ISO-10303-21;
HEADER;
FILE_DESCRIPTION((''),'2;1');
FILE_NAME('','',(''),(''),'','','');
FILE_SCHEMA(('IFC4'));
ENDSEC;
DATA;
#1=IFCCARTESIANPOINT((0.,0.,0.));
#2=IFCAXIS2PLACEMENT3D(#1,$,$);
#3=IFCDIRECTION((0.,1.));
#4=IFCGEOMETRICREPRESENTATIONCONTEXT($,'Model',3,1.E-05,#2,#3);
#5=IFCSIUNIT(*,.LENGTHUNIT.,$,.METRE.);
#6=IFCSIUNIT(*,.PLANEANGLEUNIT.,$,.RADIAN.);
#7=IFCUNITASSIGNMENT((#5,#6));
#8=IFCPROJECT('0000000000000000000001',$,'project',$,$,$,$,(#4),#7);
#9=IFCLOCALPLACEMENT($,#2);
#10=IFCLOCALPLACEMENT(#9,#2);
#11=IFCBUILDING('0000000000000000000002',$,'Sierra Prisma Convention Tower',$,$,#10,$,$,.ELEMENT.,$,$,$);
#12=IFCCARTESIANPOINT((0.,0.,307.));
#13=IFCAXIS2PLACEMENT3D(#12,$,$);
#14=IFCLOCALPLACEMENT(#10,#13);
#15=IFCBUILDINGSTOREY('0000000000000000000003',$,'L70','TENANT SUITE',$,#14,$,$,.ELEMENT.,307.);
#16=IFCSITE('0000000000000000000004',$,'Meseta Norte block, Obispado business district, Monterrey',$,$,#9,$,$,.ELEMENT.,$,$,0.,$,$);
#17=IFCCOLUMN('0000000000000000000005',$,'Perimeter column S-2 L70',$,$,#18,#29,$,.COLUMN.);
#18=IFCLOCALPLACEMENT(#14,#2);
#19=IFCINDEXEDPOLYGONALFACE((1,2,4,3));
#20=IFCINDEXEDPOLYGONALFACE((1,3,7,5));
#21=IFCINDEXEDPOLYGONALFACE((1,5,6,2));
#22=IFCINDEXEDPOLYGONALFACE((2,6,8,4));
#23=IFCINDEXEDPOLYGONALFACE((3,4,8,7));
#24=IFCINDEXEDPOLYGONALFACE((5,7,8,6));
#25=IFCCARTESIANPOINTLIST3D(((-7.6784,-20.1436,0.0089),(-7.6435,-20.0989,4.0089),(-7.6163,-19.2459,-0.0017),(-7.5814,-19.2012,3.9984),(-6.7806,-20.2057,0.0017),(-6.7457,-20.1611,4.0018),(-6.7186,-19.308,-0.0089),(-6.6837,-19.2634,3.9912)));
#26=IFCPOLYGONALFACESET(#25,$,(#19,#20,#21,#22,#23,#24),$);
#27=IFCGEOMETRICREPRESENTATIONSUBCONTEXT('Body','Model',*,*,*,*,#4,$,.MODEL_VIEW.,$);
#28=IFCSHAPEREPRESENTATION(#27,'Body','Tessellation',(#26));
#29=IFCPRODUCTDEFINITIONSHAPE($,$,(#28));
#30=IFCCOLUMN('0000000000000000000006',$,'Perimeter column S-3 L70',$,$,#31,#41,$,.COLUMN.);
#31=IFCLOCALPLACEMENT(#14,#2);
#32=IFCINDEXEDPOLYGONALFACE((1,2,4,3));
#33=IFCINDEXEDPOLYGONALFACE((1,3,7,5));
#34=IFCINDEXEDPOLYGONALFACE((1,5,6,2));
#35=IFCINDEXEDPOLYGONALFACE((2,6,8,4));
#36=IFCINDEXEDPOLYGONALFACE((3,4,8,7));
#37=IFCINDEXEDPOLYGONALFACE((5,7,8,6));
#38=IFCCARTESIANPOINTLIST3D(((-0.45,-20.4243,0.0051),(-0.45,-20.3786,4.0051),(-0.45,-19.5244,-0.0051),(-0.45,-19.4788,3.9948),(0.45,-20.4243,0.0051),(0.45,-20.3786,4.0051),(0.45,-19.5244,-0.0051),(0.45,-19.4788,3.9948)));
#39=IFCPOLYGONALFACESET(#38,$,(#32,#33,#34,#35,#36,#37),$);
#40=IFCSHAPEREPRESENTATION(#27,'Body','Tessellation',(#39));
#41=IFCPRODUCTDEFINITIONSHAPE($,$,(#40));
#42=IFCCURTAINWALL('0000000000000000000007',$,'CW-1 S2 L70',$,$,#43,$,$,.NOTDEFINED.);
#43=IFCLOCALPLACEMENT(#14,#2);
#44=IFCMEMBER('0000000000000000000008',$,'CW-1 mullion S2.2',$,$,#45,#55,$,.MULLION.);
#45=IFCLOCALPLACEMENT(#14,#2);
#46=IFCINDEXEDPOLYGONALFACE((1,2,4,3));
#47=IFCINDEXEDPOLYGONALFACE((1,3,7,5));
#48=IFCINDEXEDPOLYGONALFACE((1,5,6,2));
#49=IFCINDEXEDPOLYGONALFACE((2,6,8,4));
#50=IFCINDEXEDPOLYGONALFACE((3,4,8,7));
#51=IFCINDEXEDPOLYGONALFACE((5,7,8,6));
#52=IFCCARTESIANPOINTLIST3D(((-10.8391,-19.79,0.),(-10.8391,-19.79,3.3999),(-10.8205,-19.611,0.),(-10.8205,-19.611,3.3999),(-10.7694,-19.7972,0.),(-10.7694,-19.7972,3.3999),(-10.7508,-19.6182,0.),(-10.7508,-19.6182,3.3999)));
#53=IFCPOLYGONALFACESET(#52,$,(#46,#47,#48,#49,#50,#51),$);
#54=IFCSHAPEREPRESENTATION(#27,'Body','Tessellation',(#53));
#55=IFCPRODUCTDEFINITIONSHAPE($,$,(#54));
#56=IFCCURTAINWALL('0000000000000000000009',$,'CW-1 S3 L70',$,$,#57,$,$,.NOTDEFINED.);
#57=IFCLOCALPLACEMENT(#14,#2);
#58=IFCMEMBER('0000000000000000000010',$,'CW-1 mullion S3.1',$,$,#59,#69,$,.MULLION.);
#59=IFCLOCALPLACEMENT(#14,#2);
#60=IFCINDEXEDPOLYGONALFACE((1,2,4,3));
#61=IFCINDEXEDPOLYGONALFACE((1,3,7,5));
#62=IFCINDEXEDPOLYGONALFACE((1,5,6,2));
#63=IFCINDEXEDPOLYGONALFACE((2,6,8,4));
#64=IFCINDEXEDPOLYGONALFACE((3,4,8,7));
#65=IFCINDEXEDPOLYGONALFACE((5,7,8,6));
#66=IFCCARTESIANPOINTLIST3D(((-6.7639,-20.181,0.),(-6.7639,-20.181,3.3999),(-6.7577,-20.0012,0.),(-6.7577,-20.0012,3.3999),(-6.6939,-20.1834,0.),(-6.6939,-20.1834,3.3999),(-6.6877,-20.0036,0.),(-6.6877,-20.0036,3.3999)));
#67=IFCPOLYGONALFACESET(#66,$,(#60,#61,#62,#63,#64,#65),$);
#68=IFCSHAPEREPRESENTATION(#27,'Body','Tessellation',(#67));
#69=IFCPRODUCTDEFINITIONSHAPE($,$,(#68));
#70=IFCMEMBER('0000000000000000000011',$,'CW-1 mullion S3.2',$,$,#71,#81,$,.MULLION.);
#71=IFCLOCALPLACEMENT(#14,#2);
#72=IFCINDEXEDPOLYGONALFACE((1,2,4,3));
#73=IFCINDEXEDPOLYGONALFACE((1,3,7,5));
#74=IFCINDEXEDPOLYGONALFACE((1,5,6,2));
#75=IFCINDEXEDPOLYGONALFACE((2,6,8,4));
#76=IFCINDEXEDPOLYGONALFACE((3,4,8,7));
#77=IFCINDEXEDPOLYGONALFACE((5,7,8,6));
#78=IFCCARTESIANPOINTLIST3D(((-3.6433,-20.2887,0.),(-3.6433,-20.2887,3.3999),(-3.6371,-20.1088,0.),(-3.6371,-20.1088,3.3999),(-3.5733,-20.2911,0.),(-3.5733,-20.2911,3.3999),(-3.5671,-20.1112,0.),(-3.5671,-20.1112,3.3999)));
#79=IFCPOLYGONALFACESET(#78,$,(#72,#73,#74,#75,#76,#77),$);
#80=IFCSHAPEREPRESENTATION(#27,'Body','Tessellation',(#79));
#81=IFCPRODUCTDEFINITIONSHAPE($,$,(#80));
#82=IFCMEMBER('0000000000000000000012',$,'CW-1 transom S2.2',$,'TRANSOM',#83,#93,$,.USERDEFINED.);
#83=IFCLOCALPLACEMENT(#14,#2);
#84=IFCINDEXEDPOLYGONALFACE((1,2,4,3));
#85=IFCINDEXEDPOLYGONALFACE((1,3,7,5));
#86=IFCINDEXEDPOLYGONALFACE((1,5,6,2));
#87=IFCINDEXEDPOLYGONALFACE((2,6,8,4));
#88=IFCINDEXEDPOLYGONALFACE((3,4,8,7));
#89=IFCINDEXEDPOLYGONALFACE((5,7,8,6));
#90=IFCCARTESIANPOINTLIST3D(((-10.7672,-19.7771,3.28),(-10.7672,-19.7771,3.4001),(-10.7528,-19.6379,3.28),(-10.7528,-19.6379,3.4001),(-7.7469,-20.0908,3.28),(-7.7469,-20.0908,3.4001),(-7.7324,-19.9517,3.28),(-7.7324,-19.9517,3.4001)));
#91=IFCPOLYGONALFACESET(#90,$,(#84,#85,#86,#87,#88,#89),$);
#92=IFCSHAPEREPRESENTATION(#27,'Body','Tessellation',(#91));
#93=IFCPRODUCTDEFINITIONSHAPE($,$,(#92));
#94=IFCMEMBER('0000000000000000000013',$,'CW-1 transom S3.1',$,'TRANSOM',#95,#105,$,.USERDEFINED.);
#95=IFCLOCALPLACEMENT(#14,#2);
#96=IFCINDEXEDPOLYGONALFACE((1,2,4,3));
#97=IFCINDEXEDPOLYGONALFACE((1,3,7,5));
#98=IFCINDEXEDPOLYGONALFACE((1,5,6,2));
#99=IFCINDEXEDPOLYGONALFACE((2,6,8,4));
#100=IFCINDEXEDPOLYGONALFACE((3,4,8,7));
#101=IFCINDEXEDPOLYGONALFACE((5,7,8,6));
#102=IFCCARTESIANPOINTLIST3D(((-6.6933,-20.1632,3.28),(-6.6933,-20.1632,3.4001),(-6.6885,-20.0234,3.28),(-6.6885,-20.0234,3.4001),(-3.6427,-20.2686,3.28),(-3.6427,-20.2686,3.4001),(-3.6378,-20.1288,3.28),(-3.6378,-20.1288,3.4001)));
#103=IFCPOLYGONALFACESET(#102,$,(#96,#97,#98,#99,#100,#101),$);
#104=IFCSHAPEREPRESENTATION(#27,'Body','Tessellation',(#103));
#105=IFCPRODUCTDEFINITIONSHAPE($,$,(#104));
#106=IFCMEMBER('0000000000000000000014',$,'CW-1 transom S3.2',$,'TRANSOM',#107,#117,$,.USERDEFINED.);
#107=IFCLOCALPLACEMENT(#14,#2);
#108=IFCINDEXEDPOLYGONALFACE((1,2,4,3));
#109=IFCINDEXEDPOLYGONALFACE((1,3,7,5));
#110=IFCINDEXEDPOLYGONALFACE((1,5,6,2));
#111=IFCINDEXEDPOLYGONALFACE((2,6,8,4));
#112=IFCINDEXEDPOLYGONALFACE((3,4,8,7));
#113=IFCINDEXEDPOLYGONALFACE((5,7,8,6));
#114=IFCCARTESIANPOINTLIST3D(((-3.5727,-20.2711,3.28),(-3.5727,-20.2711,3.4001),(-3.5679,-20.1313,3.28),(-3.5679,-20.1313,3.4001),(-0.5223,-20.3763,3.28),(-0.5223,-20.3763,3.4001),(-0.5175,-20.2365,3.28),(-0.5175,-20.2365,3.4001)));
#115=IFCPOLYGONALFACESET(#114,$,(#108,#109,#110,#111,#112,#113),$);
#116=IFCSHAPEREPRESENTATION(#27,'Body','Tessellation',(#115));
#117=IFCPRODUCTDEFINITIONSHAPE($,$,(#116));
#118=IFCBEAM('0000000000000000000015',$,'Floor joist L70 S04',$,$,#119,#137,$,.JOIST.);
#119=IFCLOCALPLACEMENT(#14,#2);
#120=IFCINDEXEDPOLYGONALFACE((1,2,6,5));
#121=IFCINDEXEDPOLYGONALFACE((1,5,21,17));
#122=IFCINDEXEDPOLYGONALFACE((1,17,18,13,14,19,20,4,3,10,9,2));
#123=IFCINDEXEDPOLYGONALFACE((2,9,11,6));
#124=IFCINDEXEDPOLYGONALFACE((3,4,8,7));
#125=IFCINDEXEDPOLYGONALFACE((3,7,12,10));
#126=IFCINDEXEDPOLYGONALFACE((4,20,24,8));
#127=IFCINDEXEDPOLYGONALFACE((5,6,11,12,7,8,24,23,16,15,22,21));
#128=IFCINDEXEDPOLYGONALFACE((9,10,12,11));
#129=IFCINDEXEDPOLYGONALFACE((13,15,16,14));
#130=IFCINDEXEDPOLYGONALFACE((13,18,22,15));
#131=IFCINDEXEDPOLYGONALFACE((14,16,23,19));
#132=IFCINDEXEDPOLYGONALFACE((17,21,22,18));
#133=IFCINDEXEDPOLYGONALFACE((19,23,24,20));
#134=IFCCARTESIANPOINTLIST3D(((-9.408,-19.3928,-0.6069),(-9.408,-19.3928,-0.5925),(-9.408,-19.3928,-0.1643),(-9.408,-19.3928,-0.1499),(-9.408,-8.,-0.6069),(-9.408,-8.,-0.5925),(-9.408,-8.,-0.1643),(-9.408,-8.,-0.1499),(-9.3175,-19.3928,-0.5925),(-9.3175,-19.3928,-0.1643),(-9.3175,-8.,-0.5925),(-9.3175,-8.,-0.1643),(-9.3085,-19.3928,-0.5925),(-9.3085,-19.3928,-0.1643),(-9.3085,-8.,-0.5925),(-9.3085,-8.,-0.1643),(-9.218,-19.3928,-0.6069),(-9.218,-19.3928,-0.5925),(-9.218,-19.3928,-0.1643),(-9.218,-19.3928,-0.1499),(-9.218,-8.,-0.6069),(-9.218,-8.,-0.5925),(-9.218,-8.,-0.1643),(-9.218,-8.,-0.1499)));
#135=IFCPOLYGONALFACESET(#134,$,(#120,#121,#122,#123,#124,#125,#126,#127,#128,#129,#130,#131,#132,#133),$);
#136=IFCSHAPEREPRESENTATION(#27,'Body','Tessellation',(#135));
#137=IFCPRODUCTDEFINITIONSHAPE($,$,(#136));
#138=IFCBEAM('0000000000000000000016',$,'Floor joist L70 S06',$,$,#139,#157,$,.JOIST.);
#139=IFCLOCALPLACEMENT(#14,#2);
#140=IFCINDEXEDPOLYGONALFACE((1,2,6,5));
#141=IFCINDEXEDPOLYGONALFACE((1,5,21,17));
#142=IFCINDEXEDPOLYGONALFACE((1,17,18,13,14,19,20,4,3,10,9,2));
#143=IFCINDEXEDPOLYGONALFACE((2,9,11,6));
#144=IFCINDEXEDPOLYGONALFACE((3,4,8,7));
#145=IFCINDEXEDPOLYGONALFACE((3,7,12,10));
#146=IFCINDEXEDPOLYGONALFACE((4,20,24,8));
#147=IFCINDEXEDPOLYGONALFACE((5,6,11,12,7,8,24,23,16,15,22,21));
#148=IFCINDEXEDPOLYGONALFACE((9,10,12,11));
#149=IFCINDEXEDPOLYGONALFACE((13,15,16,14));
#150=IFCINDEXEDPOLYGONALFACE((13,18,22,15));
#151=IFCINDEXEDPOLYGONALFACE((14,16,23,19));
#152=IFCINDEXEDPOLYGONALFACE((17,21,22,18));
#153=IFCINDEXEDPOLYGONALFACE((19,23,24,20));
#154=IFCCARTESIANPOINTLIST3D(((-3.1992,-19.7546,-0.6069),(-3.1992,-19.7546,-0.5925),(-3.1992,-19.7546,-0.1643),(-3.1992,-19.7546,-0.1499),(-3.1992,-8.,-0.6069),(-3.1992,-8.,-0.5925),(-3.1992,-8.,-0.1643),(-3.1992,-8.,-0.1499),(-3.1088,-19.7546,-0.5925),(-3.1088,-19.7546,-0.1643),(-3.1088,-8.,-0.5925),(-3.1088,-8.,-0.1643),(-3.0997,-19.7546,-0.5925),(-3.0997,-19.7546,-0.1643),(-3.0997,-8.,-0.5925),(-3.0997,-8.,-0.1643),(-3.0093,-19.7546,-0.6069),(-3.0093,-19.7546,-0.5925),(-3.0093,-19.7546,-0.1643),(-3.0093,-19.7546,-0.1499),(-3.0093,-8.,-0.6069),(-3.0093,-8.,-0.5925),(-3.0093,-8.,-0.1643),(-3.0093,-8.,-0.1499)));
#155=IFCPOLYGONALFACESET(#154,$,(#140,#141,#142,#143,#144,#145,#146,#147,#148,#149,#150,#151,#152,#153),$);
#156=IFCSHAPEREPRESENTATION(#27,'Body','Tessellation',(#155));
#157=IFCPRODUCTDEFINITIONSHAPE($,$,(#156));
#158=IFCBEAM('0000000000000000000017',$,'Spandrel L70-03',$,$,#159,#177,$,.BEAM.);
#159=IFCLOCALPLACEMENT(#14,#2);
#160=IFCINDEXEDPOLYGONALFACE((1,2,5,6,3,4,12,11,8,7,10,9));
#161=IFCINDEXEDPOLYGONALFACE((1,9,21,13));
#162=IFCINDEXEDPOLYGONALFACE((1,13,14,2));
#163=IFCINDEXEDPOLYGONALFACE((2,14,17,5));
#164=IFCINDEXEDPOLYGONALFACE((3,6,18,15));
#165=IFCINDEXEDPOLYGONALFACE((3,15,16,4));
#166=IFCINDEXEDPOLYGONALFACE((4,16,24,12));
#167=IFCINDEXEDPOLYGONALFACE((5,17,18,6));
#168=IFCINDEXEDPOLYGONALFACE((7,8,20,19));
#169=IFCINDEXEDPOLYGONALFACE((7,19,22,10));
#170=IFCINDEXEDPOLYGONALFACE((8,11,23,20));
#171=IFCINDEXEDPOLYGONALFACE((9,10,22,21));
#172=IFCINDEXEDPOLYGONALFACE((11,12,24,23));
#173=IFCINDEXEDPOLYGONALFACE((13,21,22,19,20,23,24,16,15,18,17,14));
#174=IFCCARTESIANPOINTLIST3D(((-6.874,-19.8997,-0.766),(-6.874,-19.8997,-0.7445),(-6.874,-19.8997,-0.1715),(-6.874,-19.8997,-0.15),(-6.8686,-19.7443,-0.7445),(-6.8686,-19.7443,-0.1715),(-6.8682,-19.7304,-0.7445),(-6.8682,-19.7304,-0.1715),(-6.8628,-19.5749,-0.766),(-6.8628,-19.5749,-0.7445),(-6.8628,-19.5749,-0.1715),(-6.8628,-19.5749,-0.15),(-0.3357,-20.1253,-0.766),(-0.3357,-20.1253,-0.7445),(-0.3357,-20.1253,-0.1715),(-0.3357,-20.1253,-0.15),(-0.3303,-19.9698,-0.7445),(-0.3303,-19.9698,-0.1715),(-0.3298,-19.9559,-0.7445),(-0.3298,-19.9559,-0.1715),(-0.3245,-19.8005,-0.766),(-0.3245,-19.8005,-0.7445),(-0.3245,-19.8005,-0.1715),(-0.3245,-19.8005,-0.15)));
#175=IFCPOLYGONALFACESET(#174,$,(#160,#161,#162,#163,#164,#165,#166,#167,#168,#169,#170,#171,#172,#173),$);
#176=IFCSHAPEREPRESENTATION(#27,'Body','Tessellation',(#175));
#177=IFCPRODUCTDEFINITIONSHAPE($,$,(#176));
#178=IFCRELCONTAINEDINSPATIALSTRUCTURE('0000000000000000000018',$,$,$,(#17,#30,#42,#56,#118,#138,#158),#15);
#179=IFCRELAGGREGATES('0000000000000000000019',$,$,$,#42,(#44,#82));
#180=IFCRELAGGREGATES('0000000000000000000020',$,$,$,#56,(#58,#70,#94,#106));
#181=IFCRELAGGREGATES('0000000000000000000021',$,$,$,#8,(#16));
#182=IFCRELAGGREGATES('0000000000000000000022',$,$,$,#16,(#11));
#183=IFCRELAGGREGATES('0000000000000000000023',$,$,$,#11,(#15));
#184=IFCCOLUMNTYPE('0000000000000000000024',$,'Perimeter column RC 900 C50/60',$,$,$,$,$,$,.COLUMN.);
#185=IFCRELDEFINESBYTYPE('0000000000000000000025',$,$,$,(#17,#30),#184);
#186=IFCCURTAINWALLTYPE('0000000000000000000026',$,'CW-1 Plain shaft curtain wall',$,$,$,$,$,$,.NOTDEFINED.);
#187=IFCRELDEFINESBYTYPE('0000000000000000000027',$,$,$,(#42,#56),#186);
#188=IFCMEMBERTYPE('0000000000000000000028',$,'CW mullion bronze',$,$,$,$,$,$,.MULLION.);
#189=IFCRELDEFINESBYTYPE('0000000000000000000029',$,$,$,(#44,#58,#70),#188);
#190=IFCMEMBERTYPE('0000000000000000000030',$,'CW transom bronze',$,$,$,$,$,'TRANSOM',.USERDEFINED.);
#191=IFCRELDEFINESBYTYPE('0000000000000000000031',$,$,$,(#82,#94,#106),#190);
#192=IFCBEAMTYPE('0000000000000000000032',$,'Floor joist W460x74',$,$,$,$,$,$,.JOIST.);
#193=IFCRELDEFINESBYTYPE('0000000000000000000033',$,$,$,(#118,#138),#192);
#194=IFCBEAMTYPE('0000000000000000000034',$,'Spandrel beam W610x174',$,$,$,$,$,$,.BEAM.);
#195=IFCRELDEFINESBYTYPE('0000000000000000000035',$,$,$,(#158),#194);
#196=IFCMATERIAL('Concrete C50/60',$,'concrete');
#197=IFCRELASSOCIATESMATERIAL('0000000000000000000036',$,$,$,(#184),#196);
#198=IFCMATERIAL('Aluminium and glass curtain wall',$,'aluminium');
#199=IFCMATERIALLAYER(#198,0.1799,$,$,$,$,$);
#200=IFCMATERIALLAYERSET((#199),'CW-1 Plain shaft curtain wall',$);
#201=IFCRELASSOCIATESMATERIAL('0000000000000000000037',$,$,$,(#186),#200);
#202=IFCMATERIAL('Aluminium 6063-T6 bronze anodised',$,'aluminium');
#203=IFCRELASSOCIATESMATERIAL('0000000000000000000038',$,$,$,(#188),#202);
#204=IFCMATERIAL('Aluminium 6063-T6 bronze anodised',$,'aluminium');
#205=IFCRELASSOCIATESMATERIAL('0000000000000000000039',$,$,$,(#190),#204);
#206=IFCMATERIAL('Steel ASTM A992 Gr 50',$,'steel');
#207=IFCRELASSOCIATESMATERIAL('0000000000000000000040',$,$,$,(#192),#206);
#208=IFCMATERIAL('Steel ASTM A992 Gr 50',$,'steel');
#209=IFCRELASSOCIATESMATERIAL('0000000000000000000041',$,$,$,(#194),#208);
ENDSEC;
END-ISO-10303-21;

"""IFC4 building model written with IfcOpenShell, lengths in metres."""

from ifc_helpers import new_model, si_unit, direction, frame, origin, origin_2d, place, context, subcontext, project, spatial, rectangle, i_section, extrude, material, layer, layer_set, material_profile, profile_set, type_object, element, aggregate, save


model = new_model("IFC4")

# Units and contexts
model_context = context("Model", 3, precision=1e-05, world=origin(), true_north=direction((0.0, 1.0)))
body_context = subcontext(model_context, "Body", "Model", "MODEL_VIEW")
ifc_project = project(units=[si_unit("LENGTHUNIT", "METRE"), si_unit("PLANEANGLEUNIT", "RADIAN")], contexts=[model_context])

# Site, building, storey
site_placement = place(None, origin())
site = spatial("IfcSite", under=ifc_project, at=site_placement, Name="Meseta Norte block, Obispado business district, Monterrey", CompositionType="ELEMENT", RefElevation=0.0)
building_placement = place(site_placement, origin())
building = spatial("IfcBuilding", under=site, at=building_placement, Name="Sierra Prisma Convention Tower", CompositionType="ELEMENT")
storey_placement = place(building_placement, frame((0.0, 0.0, 307.0)))
storey = spatial("IfcBuildingStorey", under=building, at=storey_placement, Name="L70", Description="TENANT SUITE", CompositionType="ELEMENT", Elevation=307.0)

# Columns
ifc_material_1 = material(Name="Concrete C50/60", Category="concrete")
ifc_material_profile_1 = material_profile(ifc_material_1, rectangle(XDim=0.8999, YDim=0.8999, at=origin_2d()), Name="Perimeter column RC 900 C50/60")
ifc_profile_set_1 = profile_set([ifc_material_profile_1], Name="Concrete C50/60")
column_type = type_object("IfcColumnType", Name="Perimeter column RC 900 C50/60", PredefinedType="COLUMN", material=ifc_profile_set_1)
column_1_placement = place(storey_placement, frame((-7.1985, -19.7258, 0.0), z_axis=(0.008727, 0.011168, 0.9999), x_axis=(-0.997583, 0.069033, 0.007936)))
element("IfcColumn", 1, at=column_1_placement, inside=storey, type_object=column_type, Name="Perimeter column S-2 L70", PredefinedType="COLUMN", context=body_context, shape_type="SweptSolid", body=[
    extrude(rectangle(XDim=0.8999, YDim=0.8999, at=origin_2d()), origin(), (0.0, 0.0, 1.0), 4.0005),
])
column_2_placement = place(storey_placement, frame((0.0, -19.9744, 0.0), z_axis=(0.0, 0.011413, 0.999935), x_axis=(1.0, 0.0, 0.0)))
element("IfcColumn", 2, at=column_2_placement, inside=storey, type_object=column_type, Name="Perimeter column S-3 L70", PredefinedType="COLUMN", context=body_context, shape_type="SweptSolid", body=[
    extrude(rectangle(XDim=0.8999, YDim=0.8999, at=origin_2d()), origin(), (0.0, 0.0, 1.0), 4.0002),
])

# Curtain wall, member
ifc_material_2 = material(Name="Aluminium and glass curtain wall", Category="aluminium")
ifc_layer_1 = layer(ifc_material_2, 0.1799)
ifc_layer_set_1 = layer_set([ifc_layer_1], Name="CW-1 Plain shaft curtain wall")
curtain_wall_type = type_object("IfcCurtainWallType", Name="CW-1 Plain shaft curtain wall", PredefinedType="NOTDEFINED", material=ifc_layer_set_1)
curtain_wall_1_placement = place(storey_placement, origin())
curtain_wall_1 = element("IfcCurtainWall", 3, at=curtain_wall_1_placement, inside=storey, type_object=curtain_wall_type, Name="CW-1 S2 L70", PredefinedType="NOTDEFINED")
ifc_material_3 = material(Name="Aluminium 6063-T6 bronze anodised", Category="aluminium")
ifc_material_profile_2 = material_profile(ifc_material_3, rectangle(XDim=0.1799, YDim=0.0701, at=origin_2d()), Name="ALU MULLION 70x180")
ifc_profile_set_2 = profile_set([ifc_material_profile_2], Name="Aluminium 6063-T6 bronze anodised")
member_type_1 = type_object("IfcMemberType", Name="CW mullion bronze", PredefinedType="MULLION", material=ifc_profile_set_2)
member_1_placement = place(storey_placement, frame((-10.7949, -19.7041, 0.0), z_axis=(0.0, 0.0, 1.0), x_axis=(0.103308, 0.994649, 0.0)))
member_1 = element("IfcMember", 4, at=member_1_placement, type_object=member_type_1, Name="CW-1 mullion S2.2", PredefinedType="MULLION", context=body_context, shape_type="SweptSolid", body=[
    extrude(rectangle(XDim=0.1799, YDim=0.0701, at=origin_2d()), origin(), (0.0, 0.0, 1.0), 3.3999),
])

# Curtain wall, members
curtain_wall_2_placement = place(storey_placement, origin())
curtain_wall_2 = element("IfcCurtainWall", 5, at=curtain_wall_2_placement, inside=storey, type_object=curtain_wall_type, Name="CW-1 S3 L70", PredefinedType="NOTDEFINED")
member_2_placement = place(storey_placement, frame((-6.7258, -20.0923, 0.0), z_axis=(0.0, 0.0, 1.0), x_axis=(0.034491, 0.999405, 0.0)))
member_2 = element("IfcMember", 6, at=member_2_placement, type_object=member_type_1, Name="CW-1 mullion S3.1", PredefinedType="MULLION", context=body_context, shape_type="SweptSolid", body=[
    extrude(rectangle(XDim=0.1799, YDim=0.0701, at=origin_2d()), origin(), (0.0, 0.0, 1.0), 3.3999),
])
member_3_placement = place(storey_placement, frame((-3.6052, -20.2, 0.0), z_axis=(0.0, 0.0, 1.0), x_axis=(0.034491, 0.999405, 0.0)))
member_3 = element("IfcMember", 7, at=member_3_placement, type_object=member_type_1, Name="CW-1 mullion S3.2", PredefinedType="MULLION", context=body_context, shape_type="SweptSolid", body=[
    extrude(rectangle(XDim=0.1799, YDim=0.0701, at=origin_2d()), origin(), (0.0, 0.0, 1.0), 3.3999),
])

# Members
ifc_material_4 = material(Name="Aluminium 6063-T6 bronze anodised", Category="aluminium")
ifc_material_profile_3 = material_profile(ifc_material_4, rectangle(XDim=0.1399, YDim=0.1201, at=origin_2d()), Name="ALU TRANSOM 120x140")
ifc_profile_set_3 = profile_set([ifc_material_profile_3], Name="Aluminium 6063-T6 bronze anodised")
member_type_2 = type_object("IfcMemberType", Name="CW transom bronze", ElementType="TRANSOM", PredefinedType="USERDEFINED", material=ifc_profile_set_3)
member_4_placement = place(storey_placement, frame((-10.76, -19.7075, 3.3401), z_axis=(0.994649, -0.103316, 0.0), x_axis=(0.103316, 0.994649, 0.0)))
member_4 = element("IfcMember", 8, at=member_4_placement, type_object=member_type_2, Name="CW-1 transom S2.2", ObjectType="TRANSOM", PredefinedType="USERDEFINED", context=body_context, shape_type="SweptSolid", body=[
    extrude(rectangle(XDim=0.1399, YDim=0.1201, at=origin_2d()), origin(), (0.0, 0.0, 1.0), 3.0366),
])
member_5_placement = place(storey_placement, frame((-6.6909, -20.0933, 3.3401), z_axis=(0.999403, -0.03455, 0.0), x_axis=(0.03455, 0.999403, 0.0)))
member_5 = element("IfcMember", 9, at=member_5_placement, type_object=member_type_2, Name="CW-1 transom S3.1", ObjectType="TRANSOM", PredefinedType="USERDEFINED", context=body_context, shape_type="SweptSolid", body=[
    extrude(rectangle(XDim=0.1399, YDim=0.1201, at=origin_2d()), origin(), (0.0, 0.0, 1.0), 3.0525),
])
member_6_placement = place(storey_placement, frame((-3.5703, -20.2012, 3.3401), z_axis=(0.999406, -0.034473, 0.0), x_axis=(0.034473, 0.999406, 0.0)))
member_6 = element("IfcMember", 10, at=member_6_placement, type_object=member_type_2, Name="CW-1 transom S3.2", ObjectType="TRANSOM", PredefinedType="USERDEFINED", context=body_context, shape_type="SweptSolid", body=[
    extrude(rectangle(XDim=0.1399, YDim=0.1201, at=origin_2d()), origin(), (0.0, 0.0, 1.0), 3.0522),
])

# Beams
ifc_material_5 = material(Name="Steel ASTM A992 Gr 50", Category="steel")
ifc_material_profile_4 = material_profile(ifc_material_5, i_section(OverallWidth=0.1899, OverallDepth=0.457, WebThickness=0.009, FlangeThickness=0.0144, at=origin_2d()), Name="W460x74")
ifc_profile_set_4 = profile_set([ifc_material_profile_4], Name="Steel ASTM A992 Gr 50")
beam_type_1 = type_object("IfcBeamType", Name="Floor joist W460x74", PredefinedType="JOIST", material=ifc_profile_set_4)
beam_1_placement = place(storey_placement, frame((-9.313, -19.3928, -0.3784), z_axis=(0.0, 1.0, 0.0), x_axis=(-1.0, 0.0, 0.0)))
element("IfcBeam", 11, at=beam_1_placement, inside=storey, type_object=beam_type_1, Name="Floor joist L70 S04", PredefinedType="JOIST", context=body_context, shape_type="SweptSolid", body=[
    extrude(i_section(OverallWidth=0.1899, OverallDepth=0.457, WebThickness=0.009, FlangeThickness=0.0144, at=origin_2d()), origin(), (0.0, 0.0, 1.0), 11.3928),
])
beam_2_placement = place(storey_placement, frame((-3.1042, -19.7546, -0.3784), z_axis=(0.0, 1.0, 0.0), x_axis=(-1.0, 0.0, 0.0)))
element("IfcBeam", 12, at=beam_2_placement, inside=storey, type_object=beam_type_1, Name="Floor joist L70 S06", PredefinedType="JOIST", context=body_context, shape_type="SweptSolid", body=[
    extrude(i_section(OverallWidth=0.1899, OverallDepth=0.457, WebThickness=0.009, FlangeThickness=0.0144, at=origin_2d()), origin(), (0.0, 0.0, 1.0), 11.7546),
])
ifc_material_6 = material(Name="Steel ASTM A992 Gr 50", Category="steel")
ifc_material_profile_5 = material_profile(ifc_material_6, i_section(OverallWidth=0.325, OverallDepth=0.616, WebThickness=0.0139, FlangeThickness=0.0215, at=origin_2d()), Name="W610x174")
ifc_profile_set_5 = profile_set([ifc_material_profile_5], Name="Steel ASTM A992 Gr 50")
beam_type_2 = type_object("IfcBeamType", Name="Spandrel beam W610x174", PredefinedType="BEAM", material=ifc_profile_set_5)
beam_3_placement = place(storey_placement, frame((-6.8684, -19.7373, -0.458), z_axis=(0.999405, -0.034482, 0.0), x_axis=(0.034482, 0.999405, 0.0)))
element("IfcBeam", 13, at=beam_3_placement, inside=storey, type_object=beam_type_2, Name="Spandrel L70-03", PredefinedType="BEAM", context=body_context, shape_type="SweptSolid", body=[
    extrude(i_section(OverallWidth=0.325, OverallDepth=0.616, WebThickness=0.0139, FlangeThickness=0.0215, at=origin_2d()), origin(), (0.0, 0.0, 1.0), 6.5422),
])

aggregate(curtain_wall_1, [member_1, member_4])
aggregate(curtain_wall_2, [member_2, member_3, member_5, member_6])

save(model, "model.ifc")
